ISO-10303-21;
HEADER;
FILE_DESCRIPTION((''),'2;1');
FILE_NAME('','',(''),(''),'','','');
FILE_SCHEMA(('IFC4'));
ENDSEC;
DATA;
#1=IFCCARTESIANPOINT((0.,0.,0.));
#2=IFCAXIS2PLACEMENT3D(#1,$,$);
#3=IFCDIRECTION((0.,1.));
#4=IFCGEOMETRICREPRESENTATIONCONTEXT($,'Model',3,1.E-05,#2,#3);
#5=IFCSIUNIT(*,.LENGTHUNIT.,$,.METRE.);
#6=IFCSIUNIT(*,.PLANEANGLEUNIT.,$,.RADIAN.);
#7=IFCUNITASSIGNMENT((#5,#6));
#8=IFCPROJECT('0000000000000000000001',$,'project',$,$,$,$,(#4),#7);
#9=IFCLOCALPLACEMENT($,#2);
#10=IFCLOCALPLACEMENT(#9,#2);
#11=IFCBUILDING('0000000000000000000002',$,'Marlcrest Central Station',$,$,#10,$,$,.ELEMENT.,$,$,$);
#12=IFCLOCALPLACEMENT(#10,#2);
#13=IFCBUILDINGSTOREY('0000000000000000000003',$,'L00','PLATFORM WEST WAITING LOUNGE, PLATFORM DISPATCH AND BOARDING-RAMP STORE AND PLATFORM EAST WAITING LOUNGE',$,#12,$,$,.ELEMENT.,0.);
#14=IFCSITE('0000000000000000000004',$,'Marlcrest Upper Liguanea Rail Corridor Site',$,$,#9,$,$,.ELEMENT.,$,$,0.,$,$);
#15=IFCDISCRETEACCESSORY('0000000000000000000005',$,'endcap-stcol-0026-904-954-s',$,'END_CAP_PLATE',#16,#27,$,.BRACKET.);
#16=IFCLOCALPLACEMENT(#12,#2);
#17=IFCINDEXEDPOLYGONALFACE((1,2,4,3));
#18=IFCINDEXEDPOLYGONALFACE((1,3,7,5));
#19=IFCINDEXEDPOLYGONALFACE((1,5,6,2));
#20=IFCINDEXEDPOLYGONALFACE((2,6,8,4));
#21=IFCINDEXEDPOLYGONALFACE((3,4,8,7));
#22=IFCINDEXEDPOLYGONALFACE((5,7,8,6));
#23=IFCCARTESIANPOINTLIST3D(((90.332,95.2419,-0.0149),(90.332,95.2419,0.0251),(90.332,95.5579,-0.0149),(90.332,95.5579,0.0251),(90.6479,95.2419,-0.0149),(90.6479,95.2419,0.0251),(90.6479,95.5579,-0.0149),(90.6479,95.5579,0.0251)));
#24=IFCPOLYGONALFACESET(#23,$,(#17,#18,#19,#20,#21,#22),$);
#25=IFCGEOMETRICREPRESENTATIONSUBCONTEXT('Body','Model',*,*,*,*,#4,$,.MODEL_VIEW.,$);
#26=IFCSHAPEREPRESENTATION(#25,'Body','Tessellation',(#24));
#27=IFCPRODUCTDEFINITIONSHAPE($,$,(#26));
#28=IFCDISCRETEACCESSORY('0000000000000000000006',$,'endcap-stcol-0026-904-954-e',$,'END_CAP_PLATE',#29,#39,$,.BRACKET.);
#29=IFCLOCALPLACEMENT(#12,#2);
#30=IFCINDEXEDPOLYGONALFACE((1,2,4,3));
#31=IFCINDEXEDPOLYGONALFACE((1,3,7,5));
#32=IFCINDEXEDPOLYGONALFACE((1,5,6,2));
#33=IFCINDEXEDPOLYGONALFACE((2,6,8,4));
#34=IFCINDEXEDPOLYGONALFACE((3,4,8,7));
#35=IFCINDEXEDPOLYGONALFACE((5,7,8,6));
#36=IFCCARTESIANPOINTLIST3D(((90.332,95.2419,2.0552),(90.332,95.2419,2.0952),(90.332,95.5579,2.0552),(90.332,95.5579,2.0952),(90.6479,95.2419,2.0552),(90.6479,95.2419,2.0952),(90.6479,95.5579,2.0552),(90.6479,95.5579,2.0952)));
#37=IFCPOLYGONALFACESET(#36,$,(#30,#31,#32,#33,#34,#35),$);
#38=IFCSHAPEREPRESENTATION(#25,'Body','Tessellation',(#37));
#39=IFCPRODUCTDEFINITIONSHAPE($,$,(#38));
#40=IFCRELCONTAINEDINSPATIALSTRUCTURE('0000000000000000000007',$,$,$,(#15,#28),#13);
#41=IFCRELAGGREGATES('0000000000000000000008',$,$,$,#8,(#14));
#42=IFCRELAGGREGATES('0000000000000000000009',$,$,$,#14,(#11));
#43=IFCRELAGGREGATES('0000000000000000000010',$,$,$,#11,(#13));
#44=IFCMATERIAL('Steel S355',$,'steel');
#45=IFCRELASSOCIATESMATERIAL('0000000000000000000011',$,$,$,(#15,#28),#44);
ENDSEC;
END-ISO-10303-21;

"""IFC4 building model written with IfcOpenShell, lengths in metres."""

from ifc_helpers import new_model, si_unit, direction, frame, origin, origin_2d, place, context, subcontext, project, spatial, rectangle, extrude, material, element, save


model = new_model("IFC4")

# Units and contexts
model_context = context("Model", 3, precision=1e-05, world=origin(), true_north=direction((0.0, 1.0)))
body_context = subcontext(model_context, "Body", "Model", "MODEL_VIEW")
ifc_project = project(units=[si_unit("LENGTHUNIT", "METRE"), si_unit("PLANEANGLEUNIT", "RADIAN")], contexts=[model_context])

# Site, building, storey
site_placement = place(None, origin())
site = spatial("IfcSite", under=ifc_project, at=site_placement, Name="Marlcrest Upper Liguanea Rail Corridor Site", CompositionType="ELEMENT", RefElevation=0.0)
building_placement = place(site_placement, origin())
building = spatial("IfcBuilding", under=site, at=building_placement, Name="Marlcrest Central Station", CompositionType="ELEMENT")
storey_placement = place(building_placement, origin())
storey = spatial("IfcBuildingStorey", under=building, at=storey_placement, Name="L00", Description="PLATFORM WEST WAITING LOUNGE, PLATFORM DISPATCH AND BOARDING-RAMP STORE AND PLATFORM EAST WAITING LOUNGE", CompositionType="ELEMENT", Elevation=0.0)

# Shared definitions
ifc_material_1 = material(Name="Steel S355", Category="steel")

# Discrete accessories
for number, where, z_axis, x_axis, name in (
    (1, (90.49, 95.3999, -0.0149), (0.0, 0.0, 1.0), (1.0, 0.0, 0.0), "endcap-stcol-0026-904-954-s"),
    (2, (90.49, 95.3999, 2.0552), (0.0, 0.0, 1.0), (1.0, 0.0, 0.0), "endcap-stcol-0026-904-954-e"),
):
    element("IfcDiscreteAccessory", number, at=place(storey_placement, frame(where, z_axis=z_axis, x_axis=x_axis)), inside=storey, material=ifc_material_1, Name=name, ObjectType="END_CAP_PLATE", PredefinedType="BRACKET", context=body_context, shape_type="SweptSolid", body=[
        extrude(rectangle(XDim=0.3159, YDim=0.3159, at=origin_2d()), origin(), (0.0, 0.0, 1.0), 0.04),
    ])

save(model, "model.ifc")
